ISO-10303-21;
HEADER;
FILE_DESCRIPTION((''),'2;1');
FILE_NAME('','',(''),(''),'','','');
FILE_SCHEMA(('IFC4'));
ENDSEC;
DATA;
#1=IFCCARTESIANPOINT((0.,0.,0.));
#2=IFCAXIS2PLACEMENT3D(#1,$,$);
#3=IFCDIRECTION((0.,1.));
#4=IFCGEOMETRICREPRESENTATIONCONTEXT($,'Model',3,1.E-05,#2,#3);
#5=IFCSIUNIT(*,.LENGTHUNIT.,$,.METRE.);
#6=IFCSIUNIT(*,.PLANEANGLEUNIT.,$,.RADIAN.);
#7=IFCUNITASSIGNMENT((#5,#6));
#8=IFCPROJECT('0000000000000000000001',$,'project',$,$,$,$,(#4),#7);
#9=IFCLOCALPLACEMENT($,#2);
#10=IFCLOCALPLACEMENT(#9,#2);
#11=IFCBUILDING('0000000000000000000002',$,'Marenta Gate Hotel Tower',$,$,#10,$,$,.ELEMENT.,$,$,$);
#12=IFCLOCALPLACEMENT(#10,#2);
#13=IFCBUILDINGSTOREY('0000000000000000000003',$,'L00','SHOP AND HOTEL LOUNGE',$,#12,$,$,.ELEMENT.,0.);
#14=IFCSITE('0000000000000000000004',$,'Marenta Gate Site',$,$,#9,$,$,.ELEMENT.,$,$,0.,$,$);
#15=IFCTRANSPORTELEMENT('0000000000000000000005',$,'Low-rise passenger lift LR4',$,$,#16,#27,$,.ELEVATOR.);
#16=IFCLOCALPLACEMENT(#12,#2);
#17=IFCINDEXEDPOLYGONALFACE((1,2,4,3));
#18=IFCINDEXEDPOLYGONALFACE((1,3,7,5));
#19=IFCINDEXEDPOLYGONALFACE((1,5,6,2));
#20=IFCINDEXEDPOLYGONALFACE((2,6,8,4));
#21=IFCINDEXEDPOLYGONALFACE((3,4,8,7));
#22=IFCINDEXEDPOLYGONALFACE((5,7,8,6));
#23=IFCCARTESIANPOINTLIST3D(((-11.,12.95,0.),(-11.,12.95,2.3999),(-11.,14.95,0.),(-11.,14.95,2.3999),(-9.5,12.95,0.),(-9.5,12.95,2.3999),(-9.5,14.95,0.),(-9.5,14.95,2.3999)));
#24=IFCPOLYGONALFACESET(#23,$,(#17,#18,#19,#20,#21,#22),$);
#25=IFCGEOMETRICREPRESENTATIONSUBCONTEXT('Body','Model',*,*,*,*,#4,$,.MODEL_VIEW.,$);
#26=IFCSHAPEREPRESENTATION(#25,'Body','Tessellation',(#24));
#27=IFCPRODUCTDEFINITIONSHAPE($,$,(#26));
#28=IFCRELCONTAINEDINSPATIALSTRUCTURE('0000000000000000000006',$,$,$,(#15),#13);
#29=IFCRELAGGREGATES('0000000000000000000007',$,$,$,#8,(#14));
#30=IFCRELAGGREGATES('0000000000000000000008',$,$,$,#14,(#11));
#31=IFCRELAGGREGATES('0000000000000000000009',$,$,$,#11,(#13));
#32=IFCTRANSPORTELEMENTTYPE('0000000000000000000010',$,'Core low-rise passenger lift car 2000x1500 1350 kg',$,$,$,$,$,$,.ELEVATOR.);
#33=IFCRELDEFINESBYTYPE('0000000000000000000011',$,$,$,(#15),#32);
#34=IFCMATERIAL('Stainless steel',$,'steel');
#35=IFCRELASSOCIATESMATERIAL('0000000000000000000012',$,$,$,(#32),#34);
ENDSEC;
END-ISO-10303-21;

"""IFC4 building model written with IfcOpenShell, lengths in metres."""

from ifc_helpers import new_model, si_unit, direction, frame, origin, origin_2d, place, context, subcontext, project, spatial, rectangle, extrude, material, type_object, element, save


model = new_model("IFC4")

# Units and contexts
model_context = context("Model", 3, precision=1e-05, world=origin(), true_north=direction((0.0, 1.0)))
body_context = subcontext(model_context, "Body", "Model", "MODEL_VIEW")
ifc_project = project(units=[si_unit("LENGTHUNIT", "METRE"), si_unit("PLANEANGLEUNIT", "RADIAN")], contexts=[model_context])

# Site, building, storey
site_placement = place(None, origin())
site = spatial("IfcSite", under=ifc_project, at=site_placement, Name="Marenta Gate Site", CompositionType="ELEMENT", RefElevation=0.0)
building_placement = place(site_placement, origin())
building = spatial("IfcBuilding", under=site, at=building_placement, Name="Marenta Gate Hotel Tower", CompositionType="ELEMENT")
storey_placement = place(building_placement, origin())
storey = spatial("IfcBuildingStorey", under=building, at=storey_placement, Name="L00", Description="SHOP AND HOTEL LOUNGE", CompositionType="ELEMENT", Elevation=0.0)

# Transport element
ifc_material_1 = material(Name="Stainless steel", Category="steel")
transport_element_type = type_object("IfcTransportElementType", Name="Core low-rise passenger lift car 2000x1500 1350 kg", PredefinedType="ELEVATOR", material=ifc_material_1)
for number, where, z_axis, x_axis, name in (
    (1, (-10.25, 13.95, 0.0), (0.0, 0.0, 1.0), (1.0, 0.0, 0.0), "Low-rise passenger lift LR4"),
):
    element("IfcTransportElement", number, at=place(storey_placement, frame(where, z_axis=z_axis, x_axis=x_axis)), inside=storey, type_object=transport_element_type, Name=name, PredefinedType="ELEVATOR", context=body_context, shape_type="SweptSolid", body=[
        extrude(rectangle(XDim=1.5, YDim=2.0, at=origin_2d()), origin(), (0.0, 0.0, 1.0), 2.3999),
    ])

save(model, "model.ifc")
